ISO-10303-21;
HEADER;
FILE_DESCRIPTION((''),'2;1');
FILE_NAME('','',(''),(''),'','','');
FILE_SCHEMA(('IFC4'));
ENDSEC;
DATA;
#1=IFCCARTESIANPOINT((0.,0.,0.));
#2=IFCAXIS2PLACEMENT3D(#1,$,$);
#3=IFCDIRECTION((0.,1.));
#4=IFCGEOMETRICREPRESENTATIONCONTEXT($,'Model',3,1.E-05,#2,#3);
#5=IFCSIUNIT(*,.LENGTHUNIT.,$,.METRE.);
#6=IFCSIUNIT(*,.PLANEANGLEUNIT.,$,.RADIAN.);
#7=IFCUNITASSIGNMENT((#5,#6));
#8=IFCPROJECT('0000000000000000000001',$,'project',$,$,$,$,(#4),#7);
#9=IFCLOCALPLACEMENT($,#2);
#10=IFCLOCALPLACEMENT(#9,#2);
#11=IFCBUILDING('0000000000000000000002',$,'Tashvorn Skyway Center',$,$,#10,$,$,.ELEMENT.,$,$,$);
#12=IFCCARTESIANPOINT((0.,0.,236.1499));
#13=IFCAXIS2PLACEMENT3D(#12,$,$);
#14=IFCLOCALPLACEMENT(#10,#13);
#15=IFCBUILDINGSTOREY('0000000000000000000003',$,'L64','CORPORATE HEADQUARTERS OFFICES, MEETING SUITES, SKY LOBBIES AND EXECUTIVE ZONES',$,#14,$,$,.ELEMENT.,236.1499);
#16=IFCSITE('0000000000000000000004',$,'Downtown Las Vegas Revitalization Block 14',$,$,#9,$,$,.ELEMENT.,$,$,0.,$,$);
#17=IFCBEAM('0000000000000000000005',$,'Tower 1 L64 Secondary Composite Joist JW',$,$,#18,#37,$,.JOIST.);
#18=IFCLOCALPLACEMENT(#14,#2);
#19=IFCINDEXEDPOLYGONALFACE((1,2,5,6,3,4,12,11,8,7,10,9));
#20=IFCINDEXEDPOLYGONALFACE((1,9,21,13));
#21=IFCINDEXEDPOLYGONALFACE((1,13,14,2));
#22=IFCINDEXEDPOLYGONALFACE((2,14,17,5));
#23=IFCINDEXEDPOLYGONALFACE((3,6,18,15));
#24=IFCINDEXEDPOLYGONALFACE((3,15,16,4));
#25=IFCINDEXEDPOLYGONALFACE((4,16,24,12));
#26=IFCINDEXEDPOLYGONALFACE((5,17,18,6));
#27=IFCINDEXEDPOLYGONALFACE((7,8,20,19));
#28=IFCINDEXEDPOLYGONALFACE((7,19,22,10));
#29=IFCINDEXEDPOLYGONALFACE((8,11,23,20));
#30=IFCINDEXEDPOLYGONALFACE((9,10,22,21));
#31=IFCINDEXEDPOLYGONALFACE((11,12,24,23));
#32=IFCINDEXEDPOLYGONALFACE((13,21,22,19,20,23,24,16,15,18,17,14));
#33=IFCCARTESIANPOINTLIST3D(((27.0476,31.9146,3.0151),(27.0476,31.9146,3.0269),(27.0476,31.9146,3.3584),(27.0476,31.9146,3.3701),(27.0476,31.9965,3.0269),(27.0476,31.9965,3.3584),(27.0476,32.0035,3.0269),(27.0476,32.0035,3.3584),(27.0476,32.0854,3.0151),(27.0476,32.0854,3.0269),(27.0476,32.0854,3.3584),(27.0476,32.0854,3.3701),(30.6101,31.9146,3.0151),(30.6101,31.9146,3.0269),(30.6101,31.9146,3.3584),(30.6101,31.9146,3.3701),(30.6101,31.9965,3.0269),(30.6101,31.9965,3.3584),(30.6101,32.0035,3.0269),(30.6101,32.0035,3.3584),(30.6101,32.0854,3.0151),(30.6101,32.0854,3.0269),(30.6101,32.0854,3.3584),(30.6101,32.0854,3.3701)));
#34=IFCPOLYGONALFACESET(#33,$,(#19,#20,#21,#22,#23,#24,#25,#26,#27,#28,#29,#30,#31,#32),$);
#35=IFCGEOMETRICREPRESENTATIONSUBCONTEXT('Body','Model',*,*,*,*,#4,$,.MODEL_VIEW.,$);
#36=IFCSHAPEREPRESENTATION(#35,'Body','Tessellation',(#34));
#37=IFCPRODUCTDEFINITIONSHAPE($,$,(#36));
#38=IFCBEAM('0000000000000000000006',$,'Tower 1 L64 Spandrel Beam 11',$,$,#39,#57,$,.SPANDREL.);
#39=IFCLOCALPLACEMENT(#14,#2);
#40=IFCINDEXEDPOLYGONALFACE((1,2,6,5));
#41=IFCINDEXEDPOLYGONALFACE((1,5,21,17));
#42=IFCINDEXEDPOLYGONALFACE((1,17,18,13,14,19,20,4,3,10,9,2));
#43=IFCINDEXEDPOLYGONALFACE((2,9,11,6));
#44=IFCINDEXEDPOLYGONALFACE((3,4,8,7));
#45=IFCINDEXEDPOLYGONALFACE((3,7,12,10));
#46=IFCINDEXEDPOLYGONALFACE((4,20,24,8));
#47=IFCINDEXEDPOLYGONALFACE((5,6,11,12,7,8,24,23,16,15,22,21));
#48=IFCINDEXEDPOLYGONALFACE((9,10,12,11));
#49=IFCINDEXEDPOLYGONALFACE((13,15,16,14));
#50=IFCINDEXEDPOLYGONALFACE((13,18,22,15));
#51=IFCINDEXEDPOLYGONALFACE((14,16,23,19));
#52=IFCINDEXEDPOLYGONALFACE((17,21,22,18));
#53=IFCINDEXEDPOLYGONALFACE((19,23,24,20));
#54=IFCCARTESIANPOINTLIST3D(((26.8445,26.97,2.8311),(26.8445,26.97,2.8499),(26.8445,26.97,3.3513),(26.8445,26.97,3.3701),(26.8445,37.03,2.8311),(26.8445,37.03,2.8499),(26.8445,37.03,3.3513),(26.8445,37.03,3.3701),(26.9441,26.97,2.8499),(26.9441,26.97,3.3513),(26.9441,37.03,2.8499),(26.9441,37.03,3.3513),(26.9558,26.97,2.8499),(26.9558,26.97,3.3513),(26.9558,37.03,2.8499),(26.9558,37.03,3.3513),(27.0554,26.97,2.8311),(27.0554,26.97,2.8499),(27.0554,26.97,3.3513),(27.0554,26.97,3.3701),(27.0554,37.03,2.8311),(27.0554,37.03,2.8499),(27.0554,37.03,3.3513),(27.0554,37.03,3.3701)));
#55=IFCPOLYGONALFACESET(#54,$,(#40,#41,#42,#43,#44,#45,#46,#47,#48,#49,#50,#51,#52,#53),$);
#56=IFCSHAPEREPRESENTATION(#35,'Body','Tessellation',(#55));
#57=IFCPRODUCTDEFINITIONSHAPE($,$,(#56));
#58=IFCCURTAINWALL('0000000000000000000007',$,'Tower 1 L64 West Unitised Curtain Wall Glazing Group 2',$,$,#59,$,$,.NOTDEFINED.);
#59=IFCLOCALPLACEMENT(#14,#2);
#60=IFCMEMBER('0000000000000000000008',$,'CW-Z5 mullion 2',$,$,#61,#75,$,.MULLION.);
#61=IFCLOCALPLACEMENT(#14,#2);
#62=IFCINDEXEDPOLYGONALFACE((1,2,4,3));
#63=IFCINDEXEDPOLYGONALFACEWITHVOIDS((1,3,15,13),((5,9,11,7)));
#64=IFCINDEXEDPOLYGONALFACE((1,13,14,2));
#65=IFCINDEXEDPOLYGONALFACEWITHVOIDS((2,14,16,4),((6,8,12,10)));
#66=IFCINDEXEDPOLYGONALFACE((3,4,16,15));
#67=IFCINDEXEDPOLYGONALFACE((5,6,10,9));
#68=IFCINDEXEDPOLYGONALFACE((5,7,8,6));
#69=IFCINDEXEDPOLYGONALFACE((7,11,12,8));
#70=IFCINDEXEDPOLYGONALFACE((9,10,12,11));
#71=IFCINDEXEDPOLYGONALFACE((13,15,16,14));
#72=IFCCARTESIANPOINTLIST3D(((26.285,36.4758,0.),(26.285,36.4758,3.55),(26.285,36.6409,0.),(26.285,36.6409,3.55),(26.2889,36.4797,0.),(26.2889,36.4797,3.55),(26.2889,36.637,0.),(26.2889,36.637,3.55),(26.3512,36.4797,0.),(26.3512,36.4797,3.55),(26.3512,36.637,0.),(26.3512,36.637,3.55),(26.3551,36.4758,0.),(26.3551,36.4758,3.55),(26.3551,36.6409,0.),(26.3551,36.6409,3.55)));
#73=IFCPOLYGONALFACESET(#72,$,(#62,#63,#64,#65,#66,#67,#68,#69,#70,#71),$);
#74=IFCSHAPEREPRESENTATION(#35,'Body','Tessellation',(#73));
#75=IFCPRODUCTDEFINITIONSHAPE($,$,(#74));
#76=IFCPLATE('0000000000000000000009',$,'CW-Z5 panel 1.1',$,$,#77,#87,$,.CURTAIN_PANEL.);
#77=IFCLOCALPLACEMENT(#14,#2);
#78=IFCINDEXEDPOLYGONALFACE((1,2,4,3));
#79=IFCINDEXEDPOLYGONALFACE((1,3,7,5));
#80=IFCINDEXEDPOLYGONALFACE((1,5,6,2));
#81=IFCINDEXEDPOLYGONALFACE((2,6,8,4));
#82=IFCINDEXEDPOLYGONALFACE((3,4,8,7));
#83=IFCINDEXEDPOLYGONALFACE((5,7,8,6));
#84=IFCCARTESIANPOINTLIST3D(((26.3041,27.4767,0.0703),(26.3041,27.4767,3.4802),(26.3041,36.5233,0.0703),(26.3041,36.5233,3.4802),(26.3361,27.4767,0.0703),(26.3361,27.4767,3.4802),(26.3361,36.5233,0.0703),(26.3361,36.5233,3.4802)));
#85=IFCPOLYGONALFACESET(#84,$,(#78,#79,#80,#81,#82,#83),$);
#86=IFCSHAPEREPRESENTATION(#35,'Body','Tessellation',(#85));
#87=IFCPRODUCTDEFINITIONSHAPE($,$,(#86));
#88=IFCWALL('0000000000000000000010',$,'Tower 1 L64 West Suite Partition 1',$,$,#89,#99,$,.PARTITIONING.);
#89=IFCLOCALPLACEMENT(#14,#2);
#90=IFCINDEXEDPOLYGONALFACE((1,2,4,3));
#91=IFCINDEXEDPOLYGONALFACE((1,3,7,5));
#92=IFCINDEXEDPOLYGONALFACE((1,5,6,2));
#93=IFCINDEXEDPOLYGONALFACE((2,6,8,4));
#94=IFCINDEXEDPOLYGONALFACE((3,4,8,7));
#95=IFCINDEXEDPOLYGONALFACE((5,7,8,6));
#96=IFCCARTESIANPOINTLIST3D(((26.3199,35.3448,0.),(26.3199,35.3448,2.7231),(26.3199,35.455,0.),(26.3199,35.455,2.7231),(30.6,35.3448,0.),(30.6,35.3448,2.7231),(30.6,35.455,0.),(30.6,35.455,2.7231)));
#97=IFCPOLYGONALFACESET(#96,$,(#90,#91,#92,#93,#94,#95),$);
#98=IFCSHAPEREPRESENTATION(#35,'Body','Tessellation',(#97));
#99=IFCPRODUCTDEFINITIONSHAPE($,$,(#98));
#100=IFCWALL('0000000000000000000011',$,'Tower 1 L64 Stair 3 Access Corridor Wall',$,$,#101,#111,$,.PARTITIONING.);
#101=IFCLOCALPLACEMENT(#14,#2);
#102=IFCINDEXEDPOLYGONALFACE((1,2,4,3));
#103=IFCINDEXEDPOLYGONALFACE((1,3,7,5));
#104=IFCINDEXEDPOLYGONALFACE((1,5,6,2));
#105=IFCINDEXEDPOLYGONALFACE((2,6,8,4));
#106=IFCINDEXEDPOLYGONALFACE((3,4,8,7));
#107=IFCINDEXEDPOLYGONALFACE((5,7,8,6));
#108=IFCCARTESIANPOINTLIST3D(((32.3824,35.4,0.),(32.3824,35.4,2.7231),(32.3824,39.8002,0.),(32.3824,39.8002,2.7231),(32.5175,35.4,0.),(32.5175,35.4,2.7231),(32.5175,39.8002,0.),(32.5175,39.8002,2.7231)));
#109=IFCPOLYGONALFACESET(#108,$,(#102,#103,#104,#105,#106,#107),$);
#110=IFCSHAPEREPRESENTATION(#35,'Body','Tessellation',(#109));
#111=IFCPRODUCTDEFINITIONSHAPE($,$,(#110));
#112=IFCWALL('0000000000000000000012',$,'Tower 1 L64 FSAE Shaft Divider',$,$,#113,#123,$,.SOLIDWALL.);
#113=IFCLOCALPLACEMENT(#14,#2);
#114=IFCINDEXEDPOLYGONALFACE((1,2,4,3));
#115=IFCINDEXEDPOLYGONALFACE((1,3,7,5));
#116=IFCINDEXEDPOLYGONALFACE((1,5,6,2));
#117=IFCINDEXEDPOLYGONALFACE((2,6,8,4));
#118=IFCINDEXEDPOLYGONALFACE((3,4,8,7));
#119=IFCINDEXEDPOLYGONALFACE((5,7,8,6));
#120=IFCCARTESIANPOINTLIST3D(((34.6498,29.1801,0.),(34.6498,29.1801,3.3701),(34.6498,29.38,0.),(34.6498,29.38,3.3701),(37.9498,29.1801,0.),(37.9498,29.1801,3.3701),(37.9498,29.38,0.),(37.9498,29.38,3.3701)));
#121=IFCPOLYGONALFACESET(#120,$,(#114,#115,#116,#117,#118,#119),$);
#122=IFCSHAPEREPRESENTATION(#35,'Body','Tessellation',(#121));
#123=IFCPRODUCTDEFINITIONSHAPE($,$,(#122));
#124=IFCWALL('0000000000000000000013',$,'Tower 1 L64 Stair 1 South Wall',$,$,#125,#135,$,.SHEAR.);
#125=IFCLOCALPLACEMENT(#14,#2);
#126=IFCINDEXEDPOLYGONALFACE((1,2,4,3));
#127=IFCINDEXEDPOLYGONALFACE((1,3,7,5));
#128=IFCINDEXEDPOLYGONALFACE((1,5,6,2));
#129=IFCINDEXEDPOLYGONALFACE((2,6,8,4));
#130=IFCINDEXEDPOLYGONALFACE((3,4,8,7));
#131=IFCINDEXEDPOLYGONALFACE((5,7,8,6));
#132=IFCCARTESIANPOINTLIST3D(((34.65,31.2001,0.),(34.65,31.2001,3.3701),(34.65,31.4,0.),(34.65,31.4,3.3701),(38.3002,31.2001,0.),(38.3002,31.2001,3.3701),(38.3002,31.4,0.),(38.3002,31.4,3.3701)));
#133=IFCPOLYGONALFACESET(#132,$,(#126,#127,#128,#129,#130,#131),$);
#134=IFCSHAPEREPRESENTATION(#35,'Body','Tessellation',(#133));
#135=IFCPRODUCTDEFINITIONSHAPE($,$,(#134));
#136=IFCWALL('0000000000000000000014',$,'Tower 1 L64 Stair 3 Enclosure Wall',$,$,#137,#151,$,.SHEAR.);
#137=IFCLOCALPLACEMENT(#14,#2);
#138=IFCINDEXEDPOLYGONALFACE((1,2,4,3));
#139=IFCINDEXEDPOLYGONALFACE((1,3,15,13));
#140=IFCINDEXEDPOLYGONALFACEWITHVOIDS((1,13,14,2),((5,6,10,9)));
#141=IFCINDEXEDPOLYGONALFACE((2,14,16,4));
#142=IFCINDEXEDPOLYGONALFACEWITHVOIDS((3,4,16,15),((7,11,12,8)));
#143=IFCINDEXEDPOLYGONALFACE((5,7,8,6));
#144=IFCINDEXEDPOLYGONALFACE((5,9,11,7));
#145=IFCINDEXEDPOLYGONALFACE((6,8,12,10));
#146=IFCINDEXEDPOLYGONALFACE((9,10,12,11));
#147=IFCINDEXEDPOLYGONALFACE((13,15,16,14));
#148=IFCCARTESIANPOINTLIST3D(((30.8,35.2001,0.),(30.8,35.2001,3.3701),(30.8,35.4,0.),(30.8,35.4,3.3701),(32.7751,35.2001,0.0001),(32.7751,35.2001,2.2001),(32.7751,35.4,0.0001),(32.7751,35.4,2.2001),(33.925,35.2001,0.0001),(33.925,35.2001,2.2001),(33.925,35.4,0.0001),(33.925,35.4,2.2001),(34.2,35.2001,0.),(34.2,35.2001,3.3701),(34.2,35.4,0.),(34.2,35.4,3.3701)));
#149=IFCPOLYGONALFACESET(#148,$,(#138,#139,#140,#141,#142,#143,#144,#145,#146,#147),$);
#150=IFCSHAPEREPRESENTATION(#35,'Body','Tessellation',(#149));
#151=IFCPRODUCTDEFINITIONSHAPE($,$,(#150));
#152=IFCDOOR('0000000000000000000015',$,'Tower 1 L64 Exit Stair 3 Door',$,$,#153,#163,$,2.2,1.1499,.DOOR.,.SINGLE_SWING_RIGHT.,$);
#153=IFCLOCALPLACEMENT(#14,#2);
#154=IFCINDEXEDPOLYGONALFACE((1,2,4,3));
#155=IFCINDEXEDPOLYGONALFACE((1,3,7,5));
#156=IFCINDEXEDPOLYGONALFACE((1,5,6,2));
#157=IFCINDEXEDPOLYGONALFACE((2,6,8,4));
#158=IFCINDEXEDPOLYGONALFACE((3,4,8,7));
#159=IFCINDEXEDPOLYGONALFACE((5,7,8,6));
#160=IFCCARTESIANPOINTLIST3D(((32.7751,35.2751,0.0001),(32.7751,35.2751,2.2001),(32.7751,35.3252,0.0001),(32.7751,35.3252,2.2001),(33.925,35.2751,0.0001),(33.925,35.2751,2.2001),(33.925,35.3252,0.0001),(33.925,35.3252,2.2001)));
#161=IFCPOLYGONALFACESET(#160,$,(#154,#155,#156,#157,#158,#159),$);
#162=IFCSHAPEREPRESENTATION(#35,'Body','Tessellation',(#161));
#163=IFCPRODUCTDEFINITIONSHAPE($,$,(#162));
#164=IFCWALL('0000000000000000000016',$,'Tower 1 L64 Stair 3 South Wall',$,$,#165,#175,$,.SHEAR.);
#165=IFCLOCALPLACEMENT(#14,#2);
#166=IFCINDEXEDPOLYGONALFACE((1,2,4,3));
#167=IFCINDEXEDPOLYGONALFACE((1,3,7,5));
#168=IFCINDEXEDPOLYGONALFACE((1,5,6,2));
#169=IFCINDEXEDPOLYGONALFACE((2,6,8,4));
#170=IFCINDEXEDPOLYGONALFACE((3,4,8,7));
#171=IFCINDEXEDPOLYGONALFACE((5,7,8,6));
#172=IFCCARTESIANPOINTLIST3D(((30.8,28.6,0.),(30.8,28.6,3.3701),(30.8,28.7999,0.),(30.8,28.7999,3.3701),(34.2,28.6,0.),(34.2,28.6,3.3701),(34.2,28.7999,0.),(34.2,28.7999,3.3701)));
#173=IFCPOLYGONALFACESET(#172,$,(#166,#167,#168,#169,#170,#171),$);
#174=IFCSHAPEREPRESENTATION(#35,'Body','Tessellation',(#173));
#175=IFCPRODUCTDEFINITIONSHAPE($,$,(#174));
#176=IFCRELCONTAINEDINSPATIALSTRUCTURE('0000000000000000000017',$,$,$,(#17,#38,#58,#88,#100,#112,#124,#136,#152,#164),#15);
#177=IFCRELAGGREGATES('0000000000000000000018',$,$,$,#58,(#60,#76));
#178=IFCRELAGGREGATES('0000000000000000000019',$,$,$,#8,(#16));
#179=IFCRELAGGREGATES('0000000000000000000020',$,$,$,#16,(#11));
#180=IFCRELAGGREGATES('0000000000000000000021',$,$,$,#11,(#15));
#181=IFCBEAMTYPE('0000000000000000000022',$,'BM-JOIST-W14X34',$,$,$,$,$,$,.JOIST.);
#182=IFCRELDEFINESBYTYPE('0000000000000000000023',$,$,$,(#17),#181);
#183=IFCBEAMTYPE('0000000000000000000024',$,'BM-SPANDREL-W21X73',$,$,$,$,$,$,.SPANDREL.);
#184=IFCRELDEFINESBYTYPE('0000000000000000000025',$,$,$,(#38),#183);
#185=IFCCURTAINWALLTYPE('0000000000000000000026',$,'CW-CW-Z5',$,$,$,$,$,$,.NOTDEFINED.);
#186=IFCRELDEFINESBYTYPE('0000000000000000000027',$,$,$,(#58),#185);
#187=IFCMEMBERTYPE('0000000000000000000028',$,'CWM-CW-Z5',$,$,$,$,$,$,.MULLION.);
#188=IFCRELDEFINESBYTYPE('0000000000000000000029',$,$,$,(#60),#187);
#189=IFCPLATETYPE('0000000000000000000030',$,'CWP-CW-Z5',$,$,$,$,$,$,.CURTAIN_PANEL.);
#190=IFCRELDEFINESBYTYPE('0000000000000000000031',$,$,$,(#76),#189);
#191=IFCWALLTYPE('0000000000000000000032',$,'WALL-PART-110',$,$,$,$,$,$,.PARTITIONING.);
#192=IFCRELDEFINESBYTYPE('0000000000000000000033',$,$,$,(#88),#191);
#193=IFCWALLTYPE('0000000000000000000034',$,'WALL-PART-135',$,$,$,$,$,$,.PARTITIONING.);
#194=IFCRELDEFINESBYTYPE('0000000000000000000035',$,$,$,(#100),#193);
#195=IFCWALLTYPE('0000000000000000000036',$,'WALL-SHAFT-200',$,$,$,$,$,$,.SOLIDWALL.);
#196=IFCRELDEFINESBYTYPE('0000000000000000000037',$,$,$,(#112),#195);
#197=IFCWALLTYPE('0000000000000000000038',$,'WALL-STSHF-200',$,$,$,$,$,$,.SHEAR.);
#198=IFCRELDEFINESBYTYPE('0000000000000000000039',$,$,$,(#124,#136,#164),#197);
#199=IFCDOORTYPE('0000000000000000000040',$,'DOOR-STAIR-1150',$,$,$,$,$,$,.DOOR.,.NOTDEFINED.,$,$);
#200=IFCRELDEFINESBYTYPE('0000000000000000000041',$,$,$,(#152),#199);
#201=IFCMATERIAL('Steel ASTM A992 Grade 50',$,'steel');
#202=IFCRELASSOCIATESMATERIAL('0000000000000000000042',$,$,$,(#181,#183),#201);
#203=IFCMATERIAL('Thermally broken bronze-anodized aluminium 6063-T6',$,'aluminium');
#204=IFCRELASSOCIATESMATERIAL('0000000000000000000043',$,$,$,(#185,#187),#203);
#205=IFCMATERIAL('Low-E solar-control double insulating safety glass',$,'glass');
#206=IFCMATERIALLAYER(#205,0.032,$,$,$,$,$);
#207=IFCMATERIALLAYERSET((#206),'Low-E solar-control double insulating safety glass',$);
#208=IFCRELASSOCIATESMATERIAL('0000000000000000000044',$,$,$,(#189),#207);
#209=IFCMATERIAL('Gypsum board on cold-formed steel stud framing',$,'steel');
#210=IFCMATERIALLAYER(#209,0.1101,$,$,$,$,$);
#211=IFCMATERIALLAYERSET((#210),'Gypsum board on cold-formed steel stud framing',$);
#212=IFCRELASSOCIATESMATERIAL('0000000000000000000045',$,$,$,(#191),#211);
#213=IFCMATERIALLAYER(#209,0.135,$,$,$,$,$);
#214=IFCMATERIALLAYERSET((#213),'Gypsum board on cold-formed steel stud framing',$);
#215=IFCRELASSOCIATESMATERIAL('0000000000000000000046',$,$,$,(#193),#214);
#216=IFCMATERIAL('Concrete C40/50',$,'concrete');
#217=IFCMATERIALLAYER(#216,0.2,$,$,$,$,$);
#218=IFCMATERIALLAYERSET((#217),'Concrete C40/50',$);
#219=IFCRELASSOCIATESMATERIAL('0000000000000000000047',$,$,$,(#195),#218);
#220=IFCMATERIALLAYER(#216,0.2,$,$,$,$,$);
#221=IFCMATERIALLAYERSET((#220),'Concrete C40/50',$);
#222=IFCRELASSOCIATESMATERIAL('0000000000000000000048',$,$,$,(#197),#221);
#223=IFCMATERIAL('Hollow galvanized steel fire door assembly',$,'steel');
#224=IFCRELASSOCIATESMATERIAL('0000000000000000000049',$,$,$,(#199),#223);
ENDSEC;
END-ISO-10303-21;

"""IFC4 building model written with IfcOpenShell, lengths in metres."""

from ifc_helpers import new_model, si_unit, direction, frame, frame_2d, origin, origin_2d, place, context, subcontext, project, spatial, rectangle, hollow_rectangle, i_section, extrude, material, layer, layer_set, material_profile, profile_set, type_object, element, fill, aggregate, save


model = new_model("IFC4")

# Units and contexts
model_context = context("Model", 3, precision=1e-05, world=origin(), true_north=direction((0.0, 1.0)))
body_context = subcontext(model_context, "Body", "Model", "MODEL_VIEW")
ifc_project = project(units=[si_unit("LENGTHUNIT", "METRE"), si_unit("PLANEANGLEUNIT", "RADIAN")], contexts=[model_context])

# Site, building, storey
site_placement = place(None, origin())
site = spatial("IfcSite", under=ifc_project, at=site_placement, Name="Downtown Las Vegas Revitalization Block 14", CompositionType="ELEMENT", RefElevation=0.0)
building_placement = place(site_placement, origin())
building = spatial("IfcBuilding", under=site, at=building_placement, Name="Tashvorn Skyway Center", CompositionType="ELEMENT")
storey_placement = place(building_placement, frame((0.0, 0.0, 236.1499)))
storey = spatial("IfcBuildingStorey", under=building, at=storey_placement, Name="L64", Description="CORPORATE HEADQUARTERS OFFICES, MEETING SUITES, SKY LOBBIES AND EXECUTIVE ZONES", CompositionType="ELEMENT", Elevation=236.1499)

# Beams
ifc_material_1 = material(Name="Steel ASTM A992 Grade 50", Category="steel")
ifc_material_profile_1 = material_profile(ifc_material_1, i_section(OverallWidth=0.1709, OverallDepth=0.355, WebThickness=0.0071, FlangeThickness=0.0117, at=origin_2d()), Name="W14X34")
ifc_profile_set_1 = profile_set([ifc_material_profile_1], Name="Steel ASTM A992 Grade 50")
beam_type_1 = type_object("IfcBeamType", Name="BM-JOIST-W14X34", PredefinedType="JOIST", material=ifc_profile_set_1)
beam_1_placement = place(storey_placement, frame((30.6101, 32.0, 3.1926), z_axis=(-1.0, 0.0, 0.0), x_axis=(0.0, -1.0, 0.0)))
element("IfcBeam", 1, at=beam_1_placement, inside=storey, type_object=beam_type_1, Name="Tower 1 L64 Secondary Composite Joist JW", PredefinedType="JOIST", context=body_context, shape_type="SweptSolid", body=[
    extrude(i_section(OverallWidth=0.1709, OverallDepth=0.355, WebThickness=0.0071, FlangeThickness=0.0117, at=origin_2d()), origin(), (0.0, 0.0, 1.0), 3.5625),
])
ifc_material_profile_2 = material_profile(ifc_material_1, i_section(OverallWidth=0.2109, OverallDepth=0.5391, WebThickness=0.0117, FlangeThickness=0.0188, at=origin_2d()), Name="W21X73")
ifc_profile_set_2 = profile_set([ifc_material_profile_2], Name="Steel ASTM A992 Grade 50")
beam_type_2 = type_object("IfcBeamType", Name="BM-SPANDREL-W21X73", PredefinedType="SPANDREL", material=ifc_profile_set_2)
beam_2_placement = place(storey_placement, frame((26.95, 37.03, 3.1006), z_axis=(0.0, -1.0, 0.0), x_axis=(1.0, 0.0, 0.0)))
element("IfcBeam", 2, at=beam_2_placement, inside=storey, type_object=beam_type_2, Name="Tower 1 L64 Spandrel Beam 11", PredefinedType="SPANDREL", context=body_context, shape_type="SweptSolid", body=[
    extrude(i_section(OverallWidth=0.2109, OverallDepth=0.5391, WebThickness=0.0117, FlangeThickness=0.0188, at=origin_2d()), origin(), (0.0, 0.0, 1.0), 10.0601),
])

# Curtain wall, member, plate
ifc_material_2 = material(Name="Thermally broken bronze-anodized aluminium 6063-T6", Category="aluminium")
curtain_wall_type = type_object("IfcCurtainWallType", Name="CW-CW-Z5", PredefinedType="NOTDEFINED", material=ifc_material_2)
curtain_wall_placement = place(storey_placement, origin())
curtain_wall = element("IfcCurtainWall", 3, at=curtain_wall_placement, inside=storey, type_object=curtain_wall_type, Name="Tower 1 L64 West Unitised Curtain Wall Glazing Group 2", PredefinedType="NOTDEFINED")
ifc_material_profile_3 = material_profile(ifc_material_2, hollow_rectangle(XDim=0.0701, YDim=0.165, WallThickness=0.0039, at=origin_2d()), Name="ALU-MULL-70x165")
ifc_profile_set_3 = profile_set([ifc_material_profile_3], Name="Thermally broken bronze-anodized aluminium 6063-T6")
member_type = type_object("IfcMemberType", Name="CWM-CW-Z5", PredefinedType="MULLION", material=ifc_profile_set_3)
member_placement = place(storey_placement, frame((26.3201, 36.5583, 0.0), z_axis=(0.0, 0.0, 1.0), x_axis=(-1.0, 0.0, 0.0)))
member = element("IfcMember", 4, at=member_placement, type_object=member_type, Name="CW-Z5 mullion 2", PredefinedType="MULLION", context=body_context, shape_type="SweptSolid", body=[
    extrude(hollow_rectangle(XDim=0.0701, YDim=0.165, WallThickness=0.0039, at=origin_2d()), origin(), (0.0, 0.0, 1.0), 3.55),
])
ifc_material_3 = material(Name="Low-E solar-control double insulating safety glass", Category="glass")
ifc_layer_1 = layer(ifc_material_3, 0.032)
ifc_layer_set_1 = layer_set([ifc_layer_1], Name="Low-E solar-control double insulating safety glass")
plate_type = type_object("IfcPlateType", Name="CWP-CW-Z5", PredefinedType="CURTAIN_PANEL", material=ifc_layer_set_1)
plate_placement = place(storey_placement, frame((26.3201, 32.0, 0.0703), z_axis=(0.0, 0.0, 1.0), x_axis=(0.0, 1.0, 0.0)))
plate = element("IfcPlate", 5, at=plate_placement, type_object=plate_type, Name="CW-Z5 panel 1.1", PredefinedType="CURTAIN_PANEL", context=body_context, shape_type="SweptSolid", body=[
    extrude(rectangle(XDim=9.0466, YDim=0.032, at=origin_2d()), origin(), (0.0, 0.0, 1.0), 3.4099),
])
aggregate(curtain_wall, [member, plate])

# Walls
ifc_material_4 = material(Name="Gypsum board on cold-formed steel stud framing", Category="steel")
ifc_layer_2 = layer(ifc_material_4, 0.1101)
ifc_layer_set_2 = layer_set([ifc_layer_2], Name="Gypsum board on cold-formed steel stud framing")
wall_type_1 = type_object("IfcWallType", Name="WALL-PART-110", PredefinedType="PARTITIONING", material=ifc_layer_set_2)
wall_1_placement = place(storey_placement, frame((30.6001, 35.3999, 0.0), z_axis=(0.0, 0.0, 1.0), x_axis=(-1.0, 0.0, 0.0)))
element("IfcWall", 6, at=wall_1_placement, inside=storey, type_object=wall_type_1, Name="Tower 1 L64 West Suite Partition 1", PredefinedType="PARTITIONING", context=body_context, shape_type="SweptSolid", body=[
    extrude(rectangle(XDim=4.28, YDim=0.1101, at=frame_2d((2.1401, 0.0))), origin(), (0.0, 0.0, 1.0), 2.7231),
])
ifc_layer_3 = layer(ifc_material_4, 0.135)
ifc_layer_set_3 = layer_set([ifc_layer_3], Name="Gypsum board on cold-formed steel stud framing")
wall_type_2 = type_object("IfcWallType", Name="WALL-PART-135", PredefinedType="PARTITIONING", material=ifc_layer_set_3)
wall_2_placement = place(storey_placement, frame((32.45, 35.3999, 0.0), z_axis=(0.0, 0.0, 1.0), x_axis=(0.0, 1.0, 0.0)))
element("IfcWall", 7, at=wall_2_placement, inside=storey, type_object=wall_type_2, Name="Tower 1 L64 Stair 3 Access Corridor Wall", PredefinedType="PARTITIONING", context=body_context, shape_type="SweptSolid", body=[
    extrude(rectangle(XDim=4.4001, YDim=0.135, at=frame_2d((2.2002, 0.0))), origin(), (0.0, 0.0, 1.0), 2.7231),
])
ifc_material_5 = material(Name="Concrete C40/50", Category="concrete")
ifc_layer_4 = layer(ifc_material_5, 0.2)
ifc_layer_set_4 = layer_set([ifc_layer_4], Name="Concrete C40/50")
wall_type_3 = type_object("IfcWallType", Name="WALL-SHAFT-200", PredefinedType="SOLIDWALL", material=ifc_layer_set_4)
wall_3_placement = place(storey_placement, frame((34.6499, 29.28, 0.0), z_axis=(0.0, 0.0, 1.0), x_axis=(1.0, 0.0, 0.0)))
element("IfcWall", 8, at=wall_3_placement, inside=storey, type_object=wall_type_3, Name="Tower 1 L64 FSAE Shaft Divider", PredefinedType="SOLIDWALL", context=body_context, shape_type="SweptSolid", body=[
    extrude(rectangle(XDim=3.3, YDim=0.2, at=frame_2d((1.6499, 0.0))), origin(), (0.0, 0.0, 1.0), 3.3701),
])
ifc_layer_5 = layer(ifc_material_5, 0.2)
ifc_layer_set_5 = layer_set([ifc_layer_5], Name="Concrete C40/50")
wall_type_4 = type_object("IfcWallType", Name="WALL-STSHF-200", PredefinedType="SHEAR", material=ifc_layer_set_5)
wall_4_placement = place(storey_placement, frame((34.6499, 31.3, 0.0), z_axis=(0.0, 0.0, 1.0), x_axis=(1.0, 0.0, 0.0)))
element("IfcWall", 9, at=wall_4_placement, inside=storey, type_object=wall_type_4, Name="Tower 1 L64 Stair 1 South Wall", PredefinedType="SHEAR", context=body_context, shape_type="SweptSolid", body=[
    extrude(rectangle(XDim=3.6501, YDim=0.2, at=frame_2d((1.8252, 0.0))), origin(), (0.0, 0.0, 1.0), 3.3701),
])

# Wall, opening, door
wall_5_placement = place(storey_placement, frame((34.2, 35.3, 0.0), z_axis=(0.0, 0.0, 1.0), x_axis=(-1.0, 0.0, 0.0)))
wall_5 = element("IfcWall", 10, at=wall_5_placement, inside=storey, type_object=wall_type_4, Name="Tower 1 L64 Stair 3 Enclosure Wall", PredefinedType="SHEAR", context=body_context, shape_type="SweptSolid", body=[
    extrude(rectangle(XDim=3.3999, YDim=0.2, at=frame_2d((1.7, 0.0))), origin(), (0.0, 0.0, 1.0), 3.3701),
])
opening_placement = place(wall_5_placement, frame((0.2749, 0.0, 0.0)))
opening = element("IfcOpeningElement", 11, at=opening_placement, cuts=wall_5, PredefinedType="OPENING", context=body_context, shape_type="SweptSolid", body=[
    extrude(rectangle(XDim=1.1499, YDim=2.2, at=frame_2d((0.575, 1.1001))), frame((0.0, 0.1099, 0.0), z_axis=(0.0, -1.0, 0.0), x_axis=(1.0, 0.0, 0.0)), (0.0, 0.0, 1.0), 0.22),
])
ifc_material_6 = material(Name="Hollow galvanized steel fire door assembly", Category="steel")
door_type = type_object("IfcDoorType", Name="DOOR-STAIR-1150", OperationType="NOTDEFINED", PredefinedType="DOOR", material=ifc_material_6)
door_placement = place(opening_placement, origin())
door = element("IfcDoor", 12, at=door_placement, inside=storey, type_object=door_type, Name="Tower 1 L64 Exit Stair 3 Door", OperationType="SINGLE_SWING_RIGHT", OverallHeight=2.2, OverallWidth=1.1499, PredefinedType="DOOR", context=body_context, shape_type="SweptSolid", body=[
    extrude(rectangle(XDim=1.1499, YDim=2.2, at=frame_2d((0.575, 1.1001))), frame((0.0, 0.0249, 0.0), z_axis=(0.0, -1.0, 0.0), x_axis=(1.0, 0.0, 0.0)), (0.0, 0.0, 1.0), 0.05),
])
fill(opening, door)

# Wall
wall_6_placement = place(storey_placement, frame((30.8, 28.7, 0.0), z_axis=(0.0, 0.0, 1.0), x_axis=(1.0, 0.0, 0.0)))
element("IfcWall", 13, at=wall_6_placement, inside=storey, type_object=wall_type_4, Name="Tower 1 L64 Stair 3 South Wall", PredefinedType="SHEAR", context=body_context, shape_type="SweptSolid", body=[
    extrude(rectangle(XDim=3.3999, YDim=0.2, at=frame_2d((1.7, 0.0))), origin(), (0.0, 0.0, 1.0), 3.3701),
])

save(model, "model.ifc")
